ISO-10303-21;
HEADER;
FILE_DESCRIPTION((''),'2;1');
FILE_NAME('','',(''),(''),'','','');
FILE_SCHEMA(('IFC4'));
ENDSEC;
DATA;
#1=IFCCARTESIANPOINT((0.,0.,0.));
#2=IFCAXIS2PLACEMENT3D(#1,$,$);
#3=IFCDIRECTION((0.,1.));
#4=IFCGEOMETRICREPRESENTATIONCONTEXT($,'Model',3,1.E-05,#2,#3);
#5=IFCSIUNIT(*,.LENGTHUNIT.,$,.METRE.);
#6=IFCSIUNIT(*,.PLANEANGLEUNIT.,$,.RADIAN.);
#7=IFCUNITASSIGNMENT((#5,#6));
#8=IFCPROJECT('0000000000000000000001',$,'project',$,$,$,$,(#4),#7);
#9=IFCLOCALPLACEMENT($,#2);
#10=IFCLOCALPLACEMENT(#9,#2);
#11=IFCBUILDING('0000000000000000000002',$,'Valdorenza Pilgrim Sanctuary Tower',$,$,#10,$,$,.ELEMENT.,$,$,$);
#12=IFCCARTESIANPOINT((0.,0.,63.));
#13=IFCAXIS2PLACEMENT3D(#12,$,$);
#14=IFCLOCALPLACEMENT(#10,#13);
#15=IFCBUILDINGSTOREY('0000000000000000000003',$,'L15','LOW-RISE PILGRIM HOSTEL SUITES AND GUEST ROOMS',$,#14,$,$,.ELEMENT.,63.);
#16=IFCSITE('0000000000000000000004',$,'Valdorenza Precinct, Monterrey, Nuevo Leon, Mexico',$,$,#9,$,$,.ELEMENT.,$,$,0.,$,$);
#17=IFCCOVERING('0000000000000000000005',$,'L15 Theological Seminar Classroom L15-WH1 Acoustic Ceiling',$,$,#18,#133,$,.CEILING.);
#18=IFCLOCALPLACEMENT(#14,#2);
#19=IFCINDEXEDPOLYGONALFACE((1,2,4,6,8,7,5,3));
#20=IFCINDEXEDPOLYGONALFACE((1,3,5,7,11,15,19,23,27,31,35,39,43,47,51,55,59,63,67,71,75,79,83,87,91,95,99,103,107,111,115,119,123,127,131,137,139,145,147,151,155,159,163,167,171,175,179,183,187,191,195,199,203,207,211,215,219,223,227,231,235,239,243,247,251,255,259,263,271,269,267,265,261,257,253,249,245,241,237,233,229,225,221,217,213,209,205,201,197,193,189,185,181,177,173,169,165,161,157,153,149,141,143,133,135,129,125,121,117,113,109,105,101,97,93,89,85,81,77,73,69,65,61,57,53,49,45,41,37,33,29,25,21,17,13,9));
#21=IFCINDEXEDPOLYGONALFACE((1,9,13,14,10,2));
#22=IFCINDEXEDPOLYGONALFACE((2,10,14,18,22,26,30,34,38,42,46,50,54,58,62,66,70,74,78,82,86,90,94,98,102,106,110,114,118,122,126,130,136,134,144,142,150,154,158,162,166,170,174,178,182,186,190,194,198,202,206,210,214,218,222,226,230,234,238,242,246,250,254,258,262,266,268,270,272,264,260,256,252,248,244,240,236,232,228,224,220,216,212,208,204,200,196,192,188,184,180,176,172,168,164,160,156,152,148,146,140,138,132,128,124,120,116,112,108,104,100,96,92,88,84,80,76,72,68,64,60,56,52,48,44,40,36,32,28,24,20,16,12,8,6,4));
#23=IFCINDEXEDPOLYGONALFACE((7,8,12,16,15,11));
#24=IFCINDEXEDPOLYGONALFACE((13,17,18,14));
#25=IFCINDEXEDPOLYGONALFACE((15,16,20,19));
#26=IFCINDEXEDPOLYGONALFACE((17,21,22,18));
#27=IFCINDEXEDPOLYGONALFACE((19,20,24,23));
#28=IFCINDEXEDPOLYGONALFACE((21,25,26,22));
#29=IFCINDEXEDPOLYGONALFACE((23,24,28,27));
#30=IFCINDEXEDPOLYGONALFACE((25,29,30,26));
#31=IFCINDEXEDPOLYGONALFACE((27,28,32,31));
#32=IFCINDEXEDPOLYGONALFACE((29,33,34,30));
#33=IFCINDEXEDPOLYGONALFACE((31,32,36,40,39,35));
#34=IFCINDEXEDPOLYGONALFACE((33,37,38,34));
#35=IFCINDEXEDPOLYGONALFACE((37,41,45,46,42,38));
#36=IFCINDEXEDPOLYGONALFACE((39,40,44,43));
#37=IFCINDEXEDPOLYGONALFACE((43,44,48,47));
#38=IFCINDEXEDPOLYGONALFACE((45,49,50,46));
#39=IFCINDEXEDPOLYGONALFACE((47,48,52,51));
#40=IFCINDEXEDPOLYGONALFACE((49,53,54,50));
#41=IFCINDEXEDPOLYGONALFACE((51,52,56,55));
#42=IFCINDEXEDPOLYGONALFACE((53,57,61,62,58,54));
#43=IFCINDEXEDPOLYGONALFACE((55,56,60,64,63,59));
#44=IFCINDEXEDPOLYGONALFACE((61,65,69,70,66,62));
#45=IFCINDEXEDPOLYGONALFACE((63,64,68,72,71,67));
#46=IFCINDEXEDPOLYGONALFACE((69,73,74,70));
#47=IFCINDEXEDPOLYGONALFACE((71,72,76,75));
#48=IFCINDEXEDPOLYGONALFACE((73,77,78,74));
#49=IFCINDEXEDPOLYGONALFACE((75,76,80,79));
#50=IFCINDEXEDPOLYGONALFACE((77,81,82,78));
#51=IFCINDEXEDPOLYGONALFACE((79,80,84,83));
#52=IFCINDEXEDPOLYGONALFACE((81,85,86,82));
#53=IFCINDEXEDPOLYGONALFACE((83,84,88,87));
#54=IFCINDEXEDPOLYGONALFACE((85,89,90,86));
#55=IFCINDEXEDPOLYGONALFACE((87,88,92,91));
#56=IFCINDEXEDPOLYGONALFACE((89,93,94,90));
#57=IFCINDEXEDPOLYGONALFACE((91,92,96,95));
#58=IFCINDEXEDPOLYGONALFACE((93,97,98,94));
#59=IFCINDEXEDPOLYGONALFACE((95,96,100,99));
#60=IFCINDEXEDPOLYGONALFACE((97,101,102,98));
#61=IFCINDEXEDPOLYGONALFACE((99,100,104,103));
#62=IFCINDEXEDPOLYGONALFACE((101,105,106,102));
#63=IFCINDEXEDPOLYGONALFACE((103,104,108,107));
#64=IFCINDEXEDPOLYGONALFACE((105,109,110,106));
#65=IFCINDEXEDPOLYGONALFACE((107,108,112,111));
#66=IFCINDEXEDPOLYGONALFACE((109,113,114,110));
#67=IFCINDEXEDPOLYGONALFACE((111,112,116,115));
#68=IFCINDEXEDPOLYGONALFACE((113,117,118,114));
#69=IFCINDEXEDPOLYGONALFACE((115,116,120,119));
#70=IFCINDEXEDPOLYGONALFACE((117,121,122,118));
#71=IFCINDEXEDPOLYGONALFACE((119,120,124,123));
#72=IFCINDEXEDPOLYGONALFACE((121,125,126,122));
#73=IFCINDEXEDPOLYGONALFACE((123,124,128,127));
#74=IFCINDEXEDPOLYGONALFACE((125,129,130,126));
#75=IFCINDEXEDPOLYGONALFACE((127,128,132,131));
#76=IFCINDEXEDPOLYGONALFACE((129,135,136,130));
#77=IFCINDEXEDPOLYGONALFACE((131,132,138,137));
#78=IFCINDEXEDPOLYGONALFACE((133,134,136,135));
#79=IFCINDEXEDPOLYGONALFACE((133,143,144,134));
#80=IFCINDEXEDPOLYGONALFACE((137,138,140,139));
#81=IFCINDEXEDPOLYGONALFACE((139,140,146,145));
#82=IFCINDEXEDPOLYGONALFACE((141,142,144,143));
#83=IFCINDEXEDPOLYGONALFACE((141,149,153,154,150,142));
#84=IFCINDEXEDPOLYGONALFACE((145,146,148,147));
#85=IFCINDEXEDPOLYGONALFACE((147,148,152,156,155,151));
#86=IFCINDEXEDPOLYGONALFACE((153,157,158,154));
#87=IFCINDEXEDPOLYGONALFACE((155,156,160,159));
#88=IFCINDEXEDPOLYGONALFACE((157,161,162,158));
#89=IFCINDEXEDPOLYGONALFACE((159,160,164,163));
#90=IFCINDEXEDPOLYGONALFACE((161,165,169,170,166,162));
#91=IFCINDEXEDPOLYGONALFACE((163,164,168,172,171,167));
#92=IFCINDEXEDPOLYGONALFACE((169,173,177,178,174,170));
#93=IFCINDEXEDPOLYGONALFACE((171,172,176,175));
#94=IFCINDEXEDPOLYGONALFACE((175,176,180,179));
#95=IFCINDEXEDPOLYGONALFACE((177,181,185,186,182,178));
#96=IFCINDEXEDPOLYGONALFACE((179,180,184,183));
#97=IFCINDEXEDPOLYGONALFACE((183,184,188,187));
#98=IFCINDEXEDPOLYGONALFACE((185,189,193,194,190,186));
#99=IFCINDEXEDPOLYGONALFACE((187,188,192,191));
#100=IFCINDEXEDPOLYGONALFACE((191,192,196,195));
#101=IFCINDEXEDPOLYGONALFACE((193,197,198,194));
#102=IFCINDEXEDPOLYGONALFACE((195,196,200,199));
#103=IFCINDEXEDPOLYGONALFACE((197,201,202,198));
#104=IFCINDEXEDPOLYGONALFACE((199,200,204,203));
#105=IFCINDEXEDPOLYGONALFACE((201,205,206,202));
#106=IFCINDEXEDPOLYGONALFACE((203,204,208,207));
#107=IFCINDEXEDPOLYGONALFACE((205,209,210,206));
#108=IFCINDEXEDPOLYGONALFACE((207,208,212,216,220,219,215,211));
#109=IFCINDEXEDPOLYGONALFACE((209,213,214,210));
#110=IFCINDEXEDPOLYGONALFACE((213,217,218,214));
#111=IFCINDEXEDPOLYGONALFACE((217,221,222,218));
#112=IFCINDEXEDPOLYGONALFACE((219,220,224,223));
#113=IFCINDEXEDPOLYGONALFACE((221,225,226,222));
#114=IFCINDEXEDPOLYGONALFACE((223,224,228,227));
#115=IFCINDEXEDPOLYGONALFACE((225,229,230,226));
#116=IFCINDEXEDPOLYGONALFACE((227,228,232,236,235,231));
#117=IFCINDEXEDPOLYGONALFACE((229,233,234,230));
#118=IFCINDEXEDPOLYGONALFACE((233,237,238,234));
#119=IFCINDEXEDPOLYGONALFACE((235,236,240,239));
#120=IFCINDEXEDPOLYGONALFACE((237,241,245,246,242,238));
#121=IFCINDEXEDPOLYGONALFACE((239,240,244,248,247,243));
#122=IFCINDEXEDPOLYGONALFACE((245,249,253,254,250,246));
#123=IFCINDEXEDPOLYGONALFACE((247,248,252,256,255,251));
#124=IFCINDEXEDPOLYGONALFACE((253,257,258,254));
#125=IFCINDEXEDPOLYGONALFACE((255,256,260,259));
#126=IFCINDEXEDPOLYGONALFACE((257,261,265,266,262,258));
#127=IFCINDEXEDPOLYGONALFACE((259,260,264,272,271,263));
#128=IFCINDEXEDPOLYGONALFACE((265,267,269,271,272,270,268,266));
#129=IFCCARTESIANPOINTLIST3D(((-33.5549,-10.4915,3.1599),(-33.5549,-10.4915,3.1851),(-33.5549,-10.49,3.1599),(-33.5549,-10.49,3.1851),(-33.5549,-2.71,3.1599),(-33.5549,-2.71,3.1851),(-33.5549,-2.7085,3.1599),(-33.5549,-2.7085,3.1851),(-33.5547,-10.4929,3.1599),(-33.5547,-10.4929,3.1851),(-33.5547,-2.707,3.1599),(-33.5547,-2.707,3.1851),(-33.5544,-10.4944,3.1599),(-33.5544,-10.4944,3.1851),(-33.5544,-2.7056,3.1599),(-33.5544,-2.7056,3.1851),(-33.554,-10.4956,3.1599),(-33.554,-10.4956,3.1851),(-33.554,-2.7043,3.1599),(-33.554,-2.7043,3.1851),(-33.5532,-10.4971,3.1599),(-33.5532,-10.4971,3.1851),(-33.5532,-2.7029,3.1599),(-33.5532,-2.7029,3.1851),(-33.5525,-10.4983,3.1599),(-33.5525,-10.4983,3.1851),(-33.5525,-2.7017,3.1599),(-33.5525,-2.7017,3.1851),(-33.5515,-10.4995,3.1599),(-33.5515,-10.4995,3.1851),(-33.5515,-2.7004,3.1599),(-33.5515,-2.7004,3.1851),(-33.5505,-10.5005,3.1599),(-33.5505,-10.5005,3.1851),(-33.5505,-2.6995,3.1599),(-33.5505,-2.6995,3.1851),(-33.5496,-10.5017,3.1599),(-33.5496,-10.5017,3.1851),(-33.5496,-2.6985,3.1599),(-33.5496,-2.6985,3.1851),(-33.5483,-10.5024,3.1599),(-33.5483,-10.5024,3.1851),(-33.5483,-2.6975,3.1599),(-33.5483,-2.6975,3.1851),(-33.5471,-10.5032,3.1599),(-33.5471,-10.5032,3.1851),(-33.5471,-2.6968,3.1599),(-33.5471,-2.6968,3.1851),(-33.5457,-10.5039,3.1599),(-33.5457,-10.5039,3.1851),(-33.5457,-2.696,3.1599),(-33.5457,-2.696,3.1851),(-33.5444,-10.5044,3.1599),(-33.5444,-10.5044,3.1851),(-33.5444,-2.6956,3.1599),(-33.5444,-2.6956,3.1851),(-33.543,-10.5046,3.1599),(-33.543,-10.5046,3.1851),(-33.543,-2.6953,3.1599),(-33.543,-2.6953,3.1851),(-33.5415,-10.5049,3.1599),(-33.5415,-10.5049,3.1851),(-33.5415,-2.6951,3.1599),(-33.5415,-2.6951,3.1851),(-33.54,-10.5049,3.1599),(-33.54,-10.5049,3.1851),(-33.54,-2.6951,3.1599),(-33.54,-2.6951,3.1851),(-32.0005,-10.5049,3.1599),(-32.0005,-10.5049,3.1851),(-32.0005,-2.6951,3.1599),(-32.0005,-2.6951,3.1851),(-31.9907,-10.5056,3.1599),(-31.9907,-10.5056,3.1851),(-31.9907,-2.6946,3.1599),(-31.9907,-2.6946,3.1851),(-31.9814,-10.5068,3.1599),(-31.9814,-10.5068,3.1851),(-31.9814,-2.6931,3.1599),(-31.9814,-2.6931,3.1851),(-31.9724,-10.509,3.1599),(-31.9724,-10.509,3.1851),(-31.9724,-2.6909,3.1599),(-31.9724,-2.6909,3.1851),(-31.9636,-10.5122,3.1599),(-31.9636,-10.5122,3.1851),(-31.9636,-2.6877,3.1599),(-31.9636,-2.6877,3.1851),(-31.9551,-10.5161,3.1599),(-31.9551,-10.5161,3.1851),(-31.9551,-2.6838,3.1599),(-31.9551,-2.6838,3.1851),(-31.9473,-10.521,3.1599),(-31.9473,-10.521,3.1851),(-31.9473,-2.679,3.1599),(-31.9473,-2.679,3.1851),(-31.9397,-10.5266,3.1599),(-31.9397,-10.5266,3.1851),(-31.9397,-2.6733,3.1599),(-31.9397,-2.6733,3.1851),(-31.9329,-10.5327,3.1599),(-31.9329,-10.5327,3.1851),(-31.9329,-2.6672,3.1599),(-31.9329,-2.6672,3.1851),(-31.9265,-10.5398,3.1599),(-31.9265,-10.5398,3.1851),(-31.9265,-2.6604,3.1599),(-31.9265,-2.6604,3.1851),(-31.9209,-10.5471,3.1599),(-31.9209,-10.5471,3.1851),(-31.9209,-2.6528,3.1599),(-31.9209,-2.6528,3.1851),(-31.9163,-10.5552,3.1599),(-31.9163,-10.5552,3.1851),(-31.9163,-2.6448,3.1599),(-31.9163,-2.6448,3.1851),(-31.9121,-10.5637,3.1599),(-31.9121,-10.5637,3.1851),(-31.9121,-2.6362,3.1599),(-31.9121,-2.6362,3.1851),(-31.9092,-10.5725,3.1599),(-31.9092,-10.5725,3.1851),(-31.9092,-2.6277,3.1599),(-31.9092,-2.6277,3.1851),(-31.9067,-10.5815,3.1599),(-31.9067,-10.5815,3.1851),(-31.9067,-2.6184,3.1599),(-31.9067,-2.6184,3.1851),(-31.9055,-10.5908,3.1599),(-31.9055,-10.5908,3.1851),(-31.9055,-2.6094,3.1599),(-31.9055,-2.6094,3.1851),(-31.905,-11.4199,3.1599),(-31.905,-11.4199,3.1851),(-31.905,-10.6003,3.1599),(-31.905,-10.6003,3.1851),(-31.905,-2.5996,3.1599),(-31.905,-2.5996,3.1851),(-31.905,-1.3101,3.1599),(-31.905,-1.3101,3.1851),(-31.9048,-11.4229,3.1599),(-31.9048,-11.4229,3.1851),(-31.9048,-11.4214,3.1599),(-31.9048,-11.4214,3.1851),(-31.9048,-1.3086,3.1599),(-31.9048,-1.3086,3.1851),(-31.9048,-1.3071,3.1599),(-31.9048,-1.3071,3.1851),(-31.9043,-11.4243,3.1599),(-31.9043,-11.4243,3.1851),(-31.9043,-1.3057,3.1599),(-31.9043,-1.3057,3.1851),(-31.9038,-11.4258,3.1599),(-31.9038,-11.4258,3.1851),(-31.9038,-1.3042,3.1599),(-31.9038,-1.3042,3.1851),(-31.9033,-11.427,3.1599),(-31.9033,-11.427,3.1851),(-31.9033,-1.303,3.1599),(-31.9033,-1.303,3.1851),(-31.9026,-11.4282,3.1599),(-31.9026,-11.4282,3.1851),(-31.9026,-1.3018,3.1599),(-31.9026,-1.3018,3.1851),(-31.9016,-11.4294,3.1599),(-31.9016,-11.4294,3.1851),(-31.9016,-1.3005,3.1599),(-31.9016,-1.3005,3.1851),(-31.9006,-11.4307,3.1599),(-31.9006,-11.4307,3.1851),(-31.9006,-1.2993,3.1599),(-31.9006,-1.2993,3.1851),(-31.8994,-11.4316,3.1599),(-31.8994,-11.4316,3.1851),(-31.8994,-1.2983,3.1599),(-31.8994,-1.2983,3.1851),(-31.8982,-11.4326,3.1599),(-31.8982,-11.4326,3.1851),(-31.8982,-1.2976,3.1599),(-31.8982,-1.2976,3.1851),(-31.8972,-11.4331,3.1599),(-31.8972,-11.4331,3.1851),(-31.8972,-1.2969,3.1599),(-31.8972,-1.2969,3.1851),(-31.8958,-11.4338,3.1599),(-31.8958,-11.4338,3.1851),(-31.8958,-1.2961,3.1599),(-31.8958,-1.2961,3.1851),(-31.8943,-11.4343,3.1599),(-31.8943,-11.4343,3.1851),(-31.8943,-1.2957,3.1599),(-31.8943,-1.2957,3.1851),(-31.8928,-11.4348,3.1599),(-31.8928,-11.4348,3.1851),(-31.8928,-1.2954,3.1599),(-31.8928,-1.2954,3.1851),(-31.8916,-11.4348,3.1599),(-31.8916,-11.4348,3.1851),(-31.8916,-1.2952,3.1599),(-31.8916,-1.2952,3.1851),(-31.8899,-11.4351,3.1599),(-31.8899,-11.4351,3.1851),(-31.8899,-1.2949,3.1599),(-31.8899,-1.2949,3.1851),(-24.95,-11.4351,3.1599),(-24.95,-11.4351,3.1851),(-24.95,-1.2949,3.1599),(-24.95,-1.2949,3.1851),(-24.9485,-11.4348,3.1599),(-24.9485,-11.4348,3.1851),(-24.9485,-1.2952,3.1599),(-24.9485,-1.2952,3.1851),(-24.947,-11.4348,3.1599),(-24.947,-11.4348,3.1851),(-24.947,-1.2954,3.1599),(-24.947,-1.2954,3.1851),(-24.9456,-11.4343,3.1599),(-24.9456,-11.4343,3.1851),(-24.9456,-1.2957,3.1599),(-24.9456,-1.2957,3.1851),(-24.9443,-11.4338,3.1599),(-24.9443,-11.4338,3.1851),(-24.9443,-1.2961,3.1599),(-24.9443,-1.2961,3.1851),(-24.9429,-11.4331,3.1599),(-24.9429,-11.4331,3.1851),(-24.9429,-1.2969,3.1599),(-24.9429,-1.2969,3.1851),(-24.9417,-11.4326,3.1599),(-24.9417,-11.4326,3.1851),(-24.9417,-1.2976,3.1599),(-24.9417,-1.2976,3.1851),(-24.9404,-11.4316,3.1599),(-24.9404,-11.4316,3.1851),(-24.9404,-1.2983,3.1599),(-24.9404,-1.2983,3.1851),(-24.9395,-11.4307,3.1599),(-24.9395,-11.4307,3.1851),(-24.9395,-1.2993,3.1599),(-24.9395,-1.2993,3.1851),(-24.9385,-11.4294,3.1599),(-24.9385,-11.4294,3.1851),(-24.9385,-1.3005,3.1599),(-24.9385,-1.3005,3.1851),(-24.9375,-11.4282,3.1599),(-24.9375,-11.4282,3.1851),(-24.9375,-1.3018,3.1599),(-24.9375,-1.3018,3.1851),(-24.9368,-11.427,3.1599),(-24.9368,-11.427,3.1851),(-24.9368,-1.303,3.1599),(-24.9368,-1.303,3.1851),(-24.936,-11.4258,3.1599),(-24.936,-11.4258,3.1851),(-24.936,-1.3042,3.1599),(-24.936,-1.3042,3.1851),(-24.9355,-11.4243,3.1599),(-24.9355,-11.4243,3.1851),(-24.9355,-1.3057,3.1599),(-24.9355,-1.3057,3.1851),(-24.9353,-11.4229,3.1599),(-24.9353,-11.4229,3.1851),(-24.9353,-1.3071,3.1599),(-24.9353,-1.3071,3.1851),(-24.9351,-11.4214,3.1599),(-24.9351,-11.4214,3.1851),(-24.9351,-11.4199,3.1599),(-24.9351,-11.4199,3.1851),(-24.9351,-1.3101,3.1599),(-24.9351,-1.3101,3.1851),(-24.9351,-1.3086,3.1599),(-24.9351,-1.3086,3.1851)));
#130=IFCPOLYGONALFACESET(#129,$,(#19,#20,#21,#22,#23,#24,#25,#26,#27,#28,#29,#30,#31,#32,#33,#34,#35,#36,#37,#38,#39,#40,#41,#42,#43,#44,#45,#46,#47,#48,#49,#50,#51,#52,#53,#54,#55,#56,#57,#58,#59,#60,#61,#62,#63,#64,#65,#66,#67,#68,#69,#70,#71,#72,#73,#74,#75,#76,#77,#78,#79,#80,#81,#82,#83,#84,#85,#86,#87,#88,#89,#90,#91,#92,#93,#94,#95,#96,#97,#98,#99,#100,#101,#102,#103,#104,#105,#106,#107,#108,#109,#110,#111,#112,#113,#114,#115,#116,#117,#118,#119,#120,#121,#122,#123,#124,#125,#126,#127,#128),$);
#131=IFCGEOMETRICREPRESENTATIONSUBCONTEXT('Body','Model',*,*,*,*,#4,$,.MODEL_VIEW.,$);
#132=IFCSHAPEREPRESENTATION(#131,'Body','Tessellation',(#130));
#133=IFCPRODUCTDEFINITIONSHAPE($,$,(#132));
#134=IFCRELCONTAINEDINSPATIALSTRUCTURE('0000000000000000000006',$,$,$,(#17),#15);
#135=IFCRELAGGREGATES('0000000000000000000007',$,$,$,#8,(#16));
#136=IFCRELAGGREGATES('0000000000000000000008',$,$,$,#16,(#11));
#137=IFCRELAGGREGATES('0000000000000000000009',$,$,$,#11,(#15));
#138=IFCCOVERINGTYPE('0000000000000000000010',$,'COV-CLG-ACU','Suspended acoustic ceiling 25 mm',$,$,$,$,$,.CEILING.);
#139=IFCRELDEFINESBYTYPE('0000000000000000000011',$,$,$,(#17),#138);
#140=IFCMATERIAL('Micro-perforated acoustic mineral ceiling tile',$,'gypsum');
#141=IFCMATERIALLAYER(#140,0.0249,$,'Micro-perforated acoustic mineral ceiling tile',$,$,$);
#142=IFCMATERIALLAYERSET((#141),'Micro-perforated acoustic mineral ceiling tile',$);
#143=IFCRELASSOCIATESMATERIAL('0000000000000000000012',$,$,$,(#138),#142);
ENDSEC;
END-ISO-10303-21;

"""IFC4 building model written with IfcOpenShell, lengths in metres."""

from ifc_helpers import new_model, si_unit, direction, frame, origin, place, context, subcontext, project, spatial, polyline, outline, extrude, material, layer, layer_set, type_object, element, save


model = new_model("IFC4")

# Units and contexts
model_context = context("Model", 3, precision=1e-05, world=origin(), true_north=direction((0.0, 1.0)))
body_context = subcontext(model_context, "Body", "Model", "MODEL_VIEW")
ifc_project = project(units=[si_unit("LENGTHUNIT", "METRE"), si_unit("PLANEANGLEUNIT", "RADIAN")], contexts=[model_context])

# Site, building, storey
site_placement = place(None, origin())
site = spatial("IfcSite", under=ifc_project, at=site_placement, Name="Valdorenza Precinct, Monterrey, Nuevo Leon, Mexico", CompositionType="ELEMENT", RefElevation=0.0)
building_placement = place(site_placement, origin())
building = spatial("IfcBuilding", under=site, at=building_placement, Name="Valdorenza Pilgrim Sanctuary Tower", CompositionType="ELEMENT")
storey_placement = place(building_placement, frame((0.0, 0.0, 63.0)))
storey = spatial("IfcBuildingStorey", under=building, at=storey_placement, Name="L15", Description="LOW-RISE PILGRIM HOSTEL SUITES AND GUEST ROOMS", CompositionType="ELEMENT", Elevation=63.0)

# Covering
ifc_material_1 = material(Name="Micro-perforated acoustic mineral ceiling tile", Category="gypsum")
ifc_layer_1 = layer(ifc_material_1, 0.0249, Name="Micro-perforated acoustic mineral ceiling tile")
ifc_layer_set_1 = layer_set([ifc_layer_1], Name="Micro-perforated acoustic mineral ceiling tile")
covering_type_1 = type_object("IfcCoveringType", Name="COV-CLG-ACU", Description="Suspended acoustic ceiling 25 mm", PredefinedType="CEILING", material=ifc_layer_set_1)
covering_1_placement = place(storey_placement, frame((0.0, 0.0, 3.1599)))
element("IfcCovering", 1, at=covering_1_placement, inside=storey, type_object=covering_type_1, Name="L15 Theological Seminar Classroom L15-WH1 Acoustic Ceiling", PredefinedType="CEILING", context=body_context, shape_type="SweptSolid", body=[
    extrude(outline(polyline([(-24.9351, -11.4199), (-24.9351, -11.4214), (-24.9353, -11.4229), (-24.9355, -11.4243), (-24.936, -11.4258), (-24.9368, -11.427), (-24.9375, -11.4282), (-24.9385, -11.4294), (-24.9395, -11.4307), (-24.9404, -11.4316), (-24.9417, -11.4326), (-24.9429, -11.4331), (-24.9443, -11.4338), (-24.9456, -11.4343), (-24.947, -11.4348), (-24.9485, -11.4348), (-24.95, -11.4351), (-31.8899, -11.4351), (-31.8916, -11.4348), (-31.8928, -11.4348), (-31.8943, -11.4343), (-31.8958, -11.4338), (-31.8972, -11.4331), (-31.8982, -11.4326), (-31.8994, -11.4316), (-31.9006, -11.4307), (-31.9016, -11.4294), (-31.9026, -11.4282), (-31.9033, -11.427), (-31.9038, -11.4258), (-31.9043, -11.4243), (-31.9048, -11.4229), (-31.9048, -11.4214), (-31.905, -11.4199), (-31.905, -10.6003), (-31.9055, -10.5908), (-31.9067, -10.5815), (-31.9092, -10.5725), (-31.9121, -10.5637), (-31.9163, -10.5552), (-31.9209, -10.5471), (-31.9265, -10.5398), (-31.9329, -10.5327), (-31.9397, -10.5266), (-31.9473, -10.521), (-31.9551, -10.5161), (-31.9636, -10.5122), (-31.9724, -10.509), (-31.9814, -10.5068), (-31.9907, -10.5056), (-32.0005, -10.5049), (-33.54, -10.5049), (-33.5415, -10.5049), (-33.543, -10.5046), (-33.5444, -10.5044), (-33.5457, -10.5039), (-33.5471, -10.5032), (-33.5483, -10.5024), (-33.5496, -10.5017), (-33.5505, -10.5005), (-33.5515, -10.4995), (-33.5525, -10.4983), (-33.5532, -10.4971), (-33.554, -10.4956), (-33.5544, -10.4944), (-33.5547, -10.4929), (-33.5549, -10.4915), (-33.5549, -10.49), (-33.5549, -2.71), (-33.5549, -2.7085), (-33.5547, -2.707), (-33.5544, -2.7056), (-33.554, -2.7043), (-33.5532, -2.7029), (-33.5525, -2.7017), (-33.5515, -2.7004), (-33.5505, -2.6995), (-33.5496, -2.6985), (-33.5483, -2.6975), (-33.5471, -2.6968), (-33.5457, -2.696), (-33.5444, -2.6956), (-33.543, -2.6953), (-33.5415, -2.6951), (-33.54, -2.6951), (-32.0005, -2.6951), (-31.9907, -2.6946), (-31.9814, -2.6931), (-31.9724, -2.6909), (-31.9636, -2.6877), (-31.9551, -2.6838), (-31.9473, -2.679), (-31.9397, -2.6733), (-31.9329, -2.6672), (-31.9265, -2.6604), (-31.9209, -2.6528), (-31.9163, -2.6448), (-31.9121, -2.6362), (-31.9092, -2.6277), (-31.9067, -2.6184), (-31.9055, -2.6094), (-31.905, -2.5996), (-31.905, -1.3101), (-31.9048, -1.3086), (-31.9048, -1.3071), (-31.9043, -1.3057), (-31.9038, -1.3042), (-31.9033, -1.303), (-31.9026, -1.3018), (-31.9016, -1.3005), (-31.9006, -1.2993), (-31.8994, -1.2983), (-31.8982, -1.2976), (-31.8972, -1.2969), (-31.8958, -1.2961), (-31.8943, -1.2957), (-31.8928, -1.2954), (-31.8916, -1.2952), (-31.8899, -1.2949), (-24.95, -1.2949), (-24.9485, -1.2952), (-24.947, -1.2954), (-24.9456, -1.2957), (-24.9443, -1.2961), (-24.9429, -1.2969), (-24.9417, -1.2976), (-24.9404, -1.2983), (-24.9395, -1.2993), (-24.9385, -1.3005), (-24.9375, -1.3018), (-24.9368, -1.303), (-24.936, -1.3042), (-24.9355, -1.3057), (-24.9353, -1.3071), (-24.9351, -1.3086), (-24.9351, -1.3101), (-24.9351, -11.4199)])), origin(), (0.0, 0.0, 1.0), 0.0251),
])

save(model, "model.ifc")
